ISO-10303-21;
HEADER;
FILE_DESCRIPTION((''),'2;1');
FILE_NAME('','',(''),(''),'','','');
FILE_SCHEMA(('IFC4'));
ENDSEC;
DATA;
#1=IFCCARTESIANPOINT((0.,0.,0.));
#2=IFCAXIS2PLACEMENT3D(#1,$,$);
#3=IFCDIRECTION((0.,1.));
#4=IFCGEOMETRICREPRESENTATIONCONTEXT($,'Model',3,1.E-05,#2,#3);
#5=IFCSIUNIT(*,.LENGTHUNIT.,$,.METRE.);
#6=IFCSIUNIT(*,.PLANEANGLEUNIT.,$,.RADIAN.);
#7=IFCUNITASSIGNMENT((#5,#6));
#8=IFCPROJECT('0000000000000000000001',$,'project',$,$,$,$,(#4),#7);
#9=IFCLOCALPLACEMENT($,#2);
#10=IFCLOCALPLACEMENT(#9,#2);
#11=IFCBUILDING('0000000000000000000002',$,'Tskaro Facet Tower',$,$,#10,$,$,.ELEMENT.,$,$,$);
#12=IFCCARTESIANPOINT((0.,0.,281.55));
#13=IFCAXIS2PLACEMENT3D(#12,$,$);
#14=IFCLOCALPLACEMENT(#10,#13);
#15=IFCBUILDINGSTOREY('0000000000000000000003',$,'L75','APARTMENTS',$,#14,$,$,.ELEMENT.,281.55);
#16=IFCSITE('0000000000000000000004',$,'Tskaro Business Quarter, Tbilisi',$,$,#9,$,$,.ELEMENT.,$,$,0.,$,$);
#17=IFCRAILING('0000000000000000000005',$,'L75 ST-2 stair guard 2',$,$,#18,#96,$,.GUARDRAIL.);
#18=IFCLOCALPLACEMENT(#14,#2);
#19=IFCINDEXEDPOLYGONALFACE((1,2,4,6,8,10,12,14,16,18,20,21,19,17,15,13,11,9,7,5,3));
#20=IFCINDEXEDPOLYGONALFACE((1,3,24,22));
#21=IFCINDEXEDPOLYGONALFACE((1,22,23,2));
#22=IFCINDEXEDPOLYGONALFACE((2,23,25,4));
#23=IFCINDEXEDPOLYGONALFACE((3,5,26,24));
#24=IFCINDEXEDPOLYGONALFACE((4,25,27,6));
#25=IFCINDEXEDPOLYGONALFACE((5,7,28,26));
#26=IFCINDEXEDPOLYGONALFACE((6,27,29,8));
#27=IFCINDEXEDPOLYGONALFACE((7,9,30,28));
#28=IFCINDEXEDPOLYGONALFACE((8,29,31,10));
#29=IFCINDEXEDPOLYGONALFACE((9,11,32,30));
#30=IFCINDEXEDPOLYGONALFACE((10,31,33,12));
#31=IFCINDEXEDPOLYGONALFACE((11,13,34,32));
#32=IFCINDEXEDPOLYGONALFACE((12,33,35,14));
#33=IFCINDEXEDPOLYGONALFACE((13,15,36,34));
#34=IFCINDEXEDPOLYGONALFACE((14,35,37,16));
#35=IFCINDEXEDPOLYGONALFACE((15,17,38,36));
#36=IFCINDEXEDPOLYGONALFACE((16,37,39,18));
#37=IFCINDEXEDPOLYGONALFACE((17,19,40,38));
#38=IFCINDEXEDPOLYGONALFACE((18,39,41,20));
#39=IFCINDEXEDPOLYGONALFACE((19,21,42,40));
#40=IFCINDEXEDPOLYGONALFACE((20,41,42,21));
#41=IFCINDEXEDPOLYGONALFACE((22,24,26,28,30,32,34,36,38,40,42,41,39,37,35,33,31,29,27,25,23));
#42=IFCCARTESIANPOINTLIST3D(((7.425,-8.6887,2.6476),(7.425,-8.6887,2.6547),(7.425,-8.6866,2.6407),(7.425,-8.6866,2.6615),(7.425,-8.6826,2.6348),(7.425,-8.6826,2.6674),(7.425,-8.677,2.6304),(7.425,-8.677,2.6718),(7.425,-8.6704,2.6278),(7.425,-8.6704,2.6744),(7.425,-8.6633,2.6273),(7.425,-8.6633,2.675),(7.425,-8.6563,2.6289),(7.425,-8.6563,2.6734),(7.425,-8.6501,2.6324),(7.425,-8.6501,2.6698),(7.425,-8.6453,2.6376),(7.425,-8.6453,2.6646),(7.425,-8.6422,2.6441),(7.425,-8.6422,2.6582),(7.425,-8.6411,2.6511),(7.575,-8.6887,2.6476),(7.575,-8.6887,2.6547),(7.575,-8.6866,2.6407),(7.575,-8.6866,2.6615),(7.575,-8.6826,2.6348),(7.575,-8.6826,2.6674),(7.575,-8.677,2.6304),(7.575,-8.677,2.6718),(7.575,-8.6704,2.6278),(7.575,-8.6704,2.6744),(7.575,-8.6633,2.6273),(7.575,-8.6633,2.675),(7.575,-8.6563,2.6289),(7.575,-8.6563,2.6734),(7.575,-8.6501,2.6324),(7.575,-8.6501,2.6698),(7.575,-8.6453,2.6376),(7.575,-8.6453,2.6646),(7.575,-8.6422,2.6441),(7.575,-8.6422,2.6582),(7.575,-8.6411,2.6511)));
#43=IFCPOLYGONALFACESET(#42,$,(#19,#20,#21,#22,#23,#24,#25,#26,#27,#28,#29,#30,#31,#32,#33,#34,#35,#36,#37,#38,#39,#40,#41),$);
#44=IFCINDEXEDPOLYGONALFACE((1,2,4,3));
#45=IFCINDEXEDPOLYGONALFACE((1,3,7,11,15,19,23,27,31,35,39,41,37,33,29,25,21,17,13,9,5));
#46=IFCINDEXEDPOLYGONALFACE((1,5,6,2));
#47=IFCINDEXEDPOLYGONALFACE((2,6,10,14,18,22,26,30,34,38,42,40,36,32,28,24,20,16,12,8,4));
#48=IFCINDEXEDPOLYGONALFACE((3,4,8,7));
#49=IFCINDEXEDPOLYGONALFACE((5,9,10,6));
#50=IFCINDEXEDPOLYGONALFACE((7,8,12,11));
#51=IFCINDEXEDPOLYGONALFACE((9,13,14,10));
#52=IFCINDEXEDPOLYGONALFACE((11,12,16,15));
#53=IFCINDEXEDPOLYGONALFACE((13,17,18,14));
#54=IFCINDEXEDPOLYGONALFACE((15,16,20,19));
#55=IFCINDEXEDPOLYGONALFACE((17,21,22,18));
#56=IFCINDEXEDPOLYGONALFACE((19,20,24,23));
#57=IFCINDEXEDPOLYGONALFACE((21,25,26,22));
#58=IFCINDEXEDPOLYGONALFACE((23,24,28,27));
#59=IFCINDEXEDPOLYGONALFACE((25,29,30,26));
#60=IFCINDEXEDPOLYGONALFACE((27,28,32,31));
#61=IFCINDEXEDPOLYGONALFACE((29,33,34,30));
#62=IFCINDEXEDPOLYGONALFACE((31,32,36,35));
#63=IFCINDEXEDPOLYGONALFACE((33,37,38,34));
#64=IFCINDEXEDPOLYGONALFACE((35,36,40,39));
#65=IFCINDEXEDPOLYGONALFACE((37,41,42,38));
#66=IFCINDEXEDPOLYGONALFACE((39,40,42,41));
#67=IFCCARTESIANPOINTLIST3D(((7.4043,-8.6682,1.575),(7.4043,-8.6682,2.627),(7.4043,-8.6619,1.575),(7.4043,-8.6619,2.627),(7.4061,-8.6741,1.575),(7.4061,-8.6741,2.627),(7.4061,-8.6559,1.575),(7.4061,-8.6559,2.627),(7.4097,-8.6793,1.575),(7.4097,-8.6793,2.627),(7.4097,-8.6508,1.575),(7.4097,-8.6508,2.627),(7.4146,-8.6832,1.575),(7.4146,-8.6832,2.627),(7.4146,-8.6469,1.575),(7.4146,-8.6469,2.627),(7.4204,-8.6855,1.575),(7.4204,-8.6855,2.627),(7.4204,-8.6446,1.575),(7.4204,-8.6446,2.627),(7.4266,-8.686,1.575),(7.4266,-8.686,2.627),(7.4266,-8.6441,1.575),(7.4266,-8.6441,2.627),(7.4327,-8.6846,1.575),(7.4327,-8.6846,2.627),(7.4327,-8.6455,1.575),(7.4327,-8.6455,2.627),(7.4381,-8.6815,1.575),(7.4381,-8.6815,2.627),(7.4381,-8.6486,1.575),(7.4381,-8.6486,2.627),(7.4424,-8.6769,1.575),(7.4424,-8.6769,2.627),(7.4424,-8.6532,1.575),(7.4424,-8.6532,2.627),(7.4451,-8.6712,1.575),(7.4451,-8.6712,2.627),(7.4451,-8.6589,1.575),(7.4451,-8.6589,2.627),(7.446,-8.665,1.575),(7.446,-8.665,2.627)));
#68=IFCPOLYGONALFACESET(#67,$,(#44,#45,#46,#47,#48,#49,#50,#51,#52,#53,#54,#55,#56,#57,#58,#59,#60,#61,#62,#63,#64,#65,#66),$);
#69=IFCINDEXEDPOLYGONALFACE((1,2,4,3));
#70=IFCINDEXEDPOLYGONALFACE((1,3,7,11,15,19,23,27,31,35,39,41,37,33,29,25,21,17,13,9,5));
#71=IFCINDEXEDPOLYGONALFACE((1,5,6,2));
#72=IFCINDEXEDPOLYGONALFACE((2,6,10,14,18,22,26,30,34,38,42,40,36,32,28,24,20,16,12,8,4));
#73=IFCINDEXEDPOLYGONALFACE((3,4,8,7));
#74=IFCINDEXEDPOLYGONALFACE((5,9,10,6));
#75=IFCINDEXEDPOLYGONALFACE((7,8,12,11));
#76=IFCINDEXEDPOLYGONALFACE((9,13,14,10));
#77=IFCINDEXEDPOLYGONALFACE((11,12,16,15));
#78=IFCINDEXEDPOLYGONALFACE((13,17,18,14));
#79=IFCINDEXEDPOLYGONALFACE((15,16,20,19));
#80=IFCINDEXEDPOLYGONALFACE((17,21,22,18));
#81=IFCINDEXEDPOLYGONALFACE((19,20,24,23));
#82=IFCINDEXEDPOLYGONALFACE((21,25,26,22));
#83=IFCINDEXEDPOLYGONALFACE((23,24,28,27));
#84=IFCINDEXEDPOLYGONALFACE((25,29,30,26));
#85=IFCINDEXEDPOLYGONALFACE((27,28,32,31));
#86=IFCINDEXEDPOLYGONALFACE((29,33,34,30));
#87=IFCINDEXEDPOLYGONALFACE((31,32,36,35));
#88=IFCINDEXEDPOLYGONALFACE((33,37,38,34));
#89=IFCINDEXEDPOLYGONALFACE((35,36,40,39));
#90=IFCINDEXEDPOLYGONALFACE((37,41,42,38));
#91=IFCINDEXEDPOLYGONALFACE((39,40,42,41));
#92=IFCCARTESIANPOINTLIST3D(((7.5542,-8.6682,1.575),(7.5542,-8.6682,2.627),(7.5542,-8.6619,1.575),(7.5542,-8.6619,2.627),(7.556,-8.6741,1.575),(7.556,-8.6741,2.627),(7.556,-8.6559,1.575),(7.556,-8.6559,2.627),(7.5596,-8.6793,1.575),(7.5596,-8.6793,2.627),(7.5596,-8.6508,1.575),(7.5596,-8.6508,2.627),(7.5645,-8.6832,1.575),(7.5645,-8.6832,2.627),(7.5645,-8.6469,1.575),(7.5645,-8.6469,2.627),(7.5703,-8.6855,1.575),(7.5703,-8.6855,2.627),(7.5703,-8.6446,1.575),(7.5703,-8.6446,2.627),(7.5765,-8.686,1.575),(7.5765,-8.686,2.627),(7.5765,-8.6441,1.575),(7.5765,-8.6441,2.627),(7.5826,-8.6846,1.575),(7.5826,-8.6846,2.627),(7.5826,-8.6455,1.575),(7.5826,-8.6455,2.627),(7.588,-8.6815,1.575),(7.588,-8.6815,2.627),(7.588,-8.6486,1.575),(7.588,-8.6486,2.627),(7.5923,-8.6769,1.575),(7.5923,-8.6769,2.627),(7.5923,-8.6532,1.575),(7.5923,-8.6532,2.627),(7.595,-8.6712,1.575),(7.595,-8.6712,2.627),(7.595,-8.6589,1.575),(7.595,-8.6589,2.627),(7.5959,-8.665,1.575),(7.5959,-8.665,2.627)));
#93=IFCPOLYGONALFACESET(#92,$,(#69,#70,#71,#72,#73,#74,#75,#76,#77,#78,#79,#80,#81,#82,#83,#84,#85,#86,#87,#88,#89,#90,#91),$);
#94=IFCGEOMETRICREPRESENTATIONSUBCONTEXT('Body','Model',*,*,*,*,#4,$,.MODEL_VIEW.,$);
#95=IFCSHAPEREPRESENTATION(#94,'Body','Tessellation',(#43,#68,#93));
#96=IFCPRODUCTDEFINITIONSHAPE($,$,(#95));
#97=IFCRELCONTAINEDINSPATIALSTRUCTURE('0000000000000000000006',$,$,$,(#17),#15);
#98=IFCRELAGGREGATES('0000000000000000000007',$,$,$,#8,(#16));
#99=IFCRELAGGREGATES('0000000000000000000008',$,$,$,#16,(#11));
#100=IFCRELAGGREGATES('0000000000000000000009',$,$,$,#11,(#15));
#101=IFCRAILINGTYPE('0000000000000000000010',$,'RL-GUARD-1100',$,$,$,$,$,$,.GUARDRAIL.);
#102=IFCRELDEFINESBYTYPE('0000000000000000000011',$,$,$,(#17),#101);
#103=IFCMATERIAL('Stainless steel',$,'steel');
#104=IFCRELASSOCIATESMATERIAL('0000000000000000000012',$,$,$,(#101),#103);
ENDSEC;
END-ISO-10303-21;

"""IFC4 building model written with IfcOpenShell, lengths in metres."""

from ifc_helpers import new_model, si_unit, direction, frame, origin, origin_2d, place, context, subcontext, project, spatial, circle, extrude, material, type_object, element, save


model = new_model("IFC4")

# Units and contexts
model_context = context("Model", 3, precision=1e-05, world=origin(), true_north=direction((0.0, 1.0)))
body_context = subcontext(model_context, "Body", "Model", "MODEL_VIEW")
ifc_project = project(units=[si_unit("LENGTHUNIT", "METRE"), si_unit("PLANEANGLEUNIT", "RADIAN")], contexts=[model_context])

# Site, building, storey
site_placement = place(None, origin())
site = spatial("IfcSite", under=ifc_project, at=site_placement, Name="Tskaro Business Quarter, Tbilisi", CompositionType="ELEMENT", RefElevation=0.0)
building_placement = place(site_placement, origin())
building = spatial("IfcBuilding", under=site, at=building_placement, Name="Tskaro Facet Tower", CompositionType="ELEMENT")
storey_placement = place(building_placement, frame((0.0, 0.0, 281.55)))
storey = spatial("IfcBuildingStorey", under=building, at=storey_placement, Name="L75", Description="APARTMENTS", CompositionType="ELEMENT", Elevation=281.55)

# Railing
ifc_material_1 = material(Name="Stainless steel", Category="steel")
railing_type_1 = type_object("IfcRailingType", Name="RL-GUARD-1100", PredefinedType="GUARDRAIL", material=ifc_material_1)
railing_1_placement = place(storey_placement, frame((7.425, -8.665, 1.575)))
element("IfcRailing", 1, at=railing_1_placement, inside=storey, type_object=railing_type_1, Name="L75 ST-2 stair guard 2", PredefinedType="GUARDRAIL", context=body_context, shape_type="SweptSolid", body=[
    extrude(circle(Radius=0.0239, at=origin_2d()), frame((0.0, 0.0, 1.0762), z_axis=(1.0, 0.0, 0.0), x_axis=(0.0, 1.0, 0.0)), (0.0, 0.0, 1.0), 0.1499),
    extrude(circle(Radius=0.021, at=origin_2d()), origin(), (0.0, 0.0, 1.0), 1.052),
    extrude(circle(Radius=0.021, at=origin_2d()), frame((0.1499, 0.0, 0.0)), (0.0, 0.0, 1.0), 1.052),
])

save(model, "model.ifc")
